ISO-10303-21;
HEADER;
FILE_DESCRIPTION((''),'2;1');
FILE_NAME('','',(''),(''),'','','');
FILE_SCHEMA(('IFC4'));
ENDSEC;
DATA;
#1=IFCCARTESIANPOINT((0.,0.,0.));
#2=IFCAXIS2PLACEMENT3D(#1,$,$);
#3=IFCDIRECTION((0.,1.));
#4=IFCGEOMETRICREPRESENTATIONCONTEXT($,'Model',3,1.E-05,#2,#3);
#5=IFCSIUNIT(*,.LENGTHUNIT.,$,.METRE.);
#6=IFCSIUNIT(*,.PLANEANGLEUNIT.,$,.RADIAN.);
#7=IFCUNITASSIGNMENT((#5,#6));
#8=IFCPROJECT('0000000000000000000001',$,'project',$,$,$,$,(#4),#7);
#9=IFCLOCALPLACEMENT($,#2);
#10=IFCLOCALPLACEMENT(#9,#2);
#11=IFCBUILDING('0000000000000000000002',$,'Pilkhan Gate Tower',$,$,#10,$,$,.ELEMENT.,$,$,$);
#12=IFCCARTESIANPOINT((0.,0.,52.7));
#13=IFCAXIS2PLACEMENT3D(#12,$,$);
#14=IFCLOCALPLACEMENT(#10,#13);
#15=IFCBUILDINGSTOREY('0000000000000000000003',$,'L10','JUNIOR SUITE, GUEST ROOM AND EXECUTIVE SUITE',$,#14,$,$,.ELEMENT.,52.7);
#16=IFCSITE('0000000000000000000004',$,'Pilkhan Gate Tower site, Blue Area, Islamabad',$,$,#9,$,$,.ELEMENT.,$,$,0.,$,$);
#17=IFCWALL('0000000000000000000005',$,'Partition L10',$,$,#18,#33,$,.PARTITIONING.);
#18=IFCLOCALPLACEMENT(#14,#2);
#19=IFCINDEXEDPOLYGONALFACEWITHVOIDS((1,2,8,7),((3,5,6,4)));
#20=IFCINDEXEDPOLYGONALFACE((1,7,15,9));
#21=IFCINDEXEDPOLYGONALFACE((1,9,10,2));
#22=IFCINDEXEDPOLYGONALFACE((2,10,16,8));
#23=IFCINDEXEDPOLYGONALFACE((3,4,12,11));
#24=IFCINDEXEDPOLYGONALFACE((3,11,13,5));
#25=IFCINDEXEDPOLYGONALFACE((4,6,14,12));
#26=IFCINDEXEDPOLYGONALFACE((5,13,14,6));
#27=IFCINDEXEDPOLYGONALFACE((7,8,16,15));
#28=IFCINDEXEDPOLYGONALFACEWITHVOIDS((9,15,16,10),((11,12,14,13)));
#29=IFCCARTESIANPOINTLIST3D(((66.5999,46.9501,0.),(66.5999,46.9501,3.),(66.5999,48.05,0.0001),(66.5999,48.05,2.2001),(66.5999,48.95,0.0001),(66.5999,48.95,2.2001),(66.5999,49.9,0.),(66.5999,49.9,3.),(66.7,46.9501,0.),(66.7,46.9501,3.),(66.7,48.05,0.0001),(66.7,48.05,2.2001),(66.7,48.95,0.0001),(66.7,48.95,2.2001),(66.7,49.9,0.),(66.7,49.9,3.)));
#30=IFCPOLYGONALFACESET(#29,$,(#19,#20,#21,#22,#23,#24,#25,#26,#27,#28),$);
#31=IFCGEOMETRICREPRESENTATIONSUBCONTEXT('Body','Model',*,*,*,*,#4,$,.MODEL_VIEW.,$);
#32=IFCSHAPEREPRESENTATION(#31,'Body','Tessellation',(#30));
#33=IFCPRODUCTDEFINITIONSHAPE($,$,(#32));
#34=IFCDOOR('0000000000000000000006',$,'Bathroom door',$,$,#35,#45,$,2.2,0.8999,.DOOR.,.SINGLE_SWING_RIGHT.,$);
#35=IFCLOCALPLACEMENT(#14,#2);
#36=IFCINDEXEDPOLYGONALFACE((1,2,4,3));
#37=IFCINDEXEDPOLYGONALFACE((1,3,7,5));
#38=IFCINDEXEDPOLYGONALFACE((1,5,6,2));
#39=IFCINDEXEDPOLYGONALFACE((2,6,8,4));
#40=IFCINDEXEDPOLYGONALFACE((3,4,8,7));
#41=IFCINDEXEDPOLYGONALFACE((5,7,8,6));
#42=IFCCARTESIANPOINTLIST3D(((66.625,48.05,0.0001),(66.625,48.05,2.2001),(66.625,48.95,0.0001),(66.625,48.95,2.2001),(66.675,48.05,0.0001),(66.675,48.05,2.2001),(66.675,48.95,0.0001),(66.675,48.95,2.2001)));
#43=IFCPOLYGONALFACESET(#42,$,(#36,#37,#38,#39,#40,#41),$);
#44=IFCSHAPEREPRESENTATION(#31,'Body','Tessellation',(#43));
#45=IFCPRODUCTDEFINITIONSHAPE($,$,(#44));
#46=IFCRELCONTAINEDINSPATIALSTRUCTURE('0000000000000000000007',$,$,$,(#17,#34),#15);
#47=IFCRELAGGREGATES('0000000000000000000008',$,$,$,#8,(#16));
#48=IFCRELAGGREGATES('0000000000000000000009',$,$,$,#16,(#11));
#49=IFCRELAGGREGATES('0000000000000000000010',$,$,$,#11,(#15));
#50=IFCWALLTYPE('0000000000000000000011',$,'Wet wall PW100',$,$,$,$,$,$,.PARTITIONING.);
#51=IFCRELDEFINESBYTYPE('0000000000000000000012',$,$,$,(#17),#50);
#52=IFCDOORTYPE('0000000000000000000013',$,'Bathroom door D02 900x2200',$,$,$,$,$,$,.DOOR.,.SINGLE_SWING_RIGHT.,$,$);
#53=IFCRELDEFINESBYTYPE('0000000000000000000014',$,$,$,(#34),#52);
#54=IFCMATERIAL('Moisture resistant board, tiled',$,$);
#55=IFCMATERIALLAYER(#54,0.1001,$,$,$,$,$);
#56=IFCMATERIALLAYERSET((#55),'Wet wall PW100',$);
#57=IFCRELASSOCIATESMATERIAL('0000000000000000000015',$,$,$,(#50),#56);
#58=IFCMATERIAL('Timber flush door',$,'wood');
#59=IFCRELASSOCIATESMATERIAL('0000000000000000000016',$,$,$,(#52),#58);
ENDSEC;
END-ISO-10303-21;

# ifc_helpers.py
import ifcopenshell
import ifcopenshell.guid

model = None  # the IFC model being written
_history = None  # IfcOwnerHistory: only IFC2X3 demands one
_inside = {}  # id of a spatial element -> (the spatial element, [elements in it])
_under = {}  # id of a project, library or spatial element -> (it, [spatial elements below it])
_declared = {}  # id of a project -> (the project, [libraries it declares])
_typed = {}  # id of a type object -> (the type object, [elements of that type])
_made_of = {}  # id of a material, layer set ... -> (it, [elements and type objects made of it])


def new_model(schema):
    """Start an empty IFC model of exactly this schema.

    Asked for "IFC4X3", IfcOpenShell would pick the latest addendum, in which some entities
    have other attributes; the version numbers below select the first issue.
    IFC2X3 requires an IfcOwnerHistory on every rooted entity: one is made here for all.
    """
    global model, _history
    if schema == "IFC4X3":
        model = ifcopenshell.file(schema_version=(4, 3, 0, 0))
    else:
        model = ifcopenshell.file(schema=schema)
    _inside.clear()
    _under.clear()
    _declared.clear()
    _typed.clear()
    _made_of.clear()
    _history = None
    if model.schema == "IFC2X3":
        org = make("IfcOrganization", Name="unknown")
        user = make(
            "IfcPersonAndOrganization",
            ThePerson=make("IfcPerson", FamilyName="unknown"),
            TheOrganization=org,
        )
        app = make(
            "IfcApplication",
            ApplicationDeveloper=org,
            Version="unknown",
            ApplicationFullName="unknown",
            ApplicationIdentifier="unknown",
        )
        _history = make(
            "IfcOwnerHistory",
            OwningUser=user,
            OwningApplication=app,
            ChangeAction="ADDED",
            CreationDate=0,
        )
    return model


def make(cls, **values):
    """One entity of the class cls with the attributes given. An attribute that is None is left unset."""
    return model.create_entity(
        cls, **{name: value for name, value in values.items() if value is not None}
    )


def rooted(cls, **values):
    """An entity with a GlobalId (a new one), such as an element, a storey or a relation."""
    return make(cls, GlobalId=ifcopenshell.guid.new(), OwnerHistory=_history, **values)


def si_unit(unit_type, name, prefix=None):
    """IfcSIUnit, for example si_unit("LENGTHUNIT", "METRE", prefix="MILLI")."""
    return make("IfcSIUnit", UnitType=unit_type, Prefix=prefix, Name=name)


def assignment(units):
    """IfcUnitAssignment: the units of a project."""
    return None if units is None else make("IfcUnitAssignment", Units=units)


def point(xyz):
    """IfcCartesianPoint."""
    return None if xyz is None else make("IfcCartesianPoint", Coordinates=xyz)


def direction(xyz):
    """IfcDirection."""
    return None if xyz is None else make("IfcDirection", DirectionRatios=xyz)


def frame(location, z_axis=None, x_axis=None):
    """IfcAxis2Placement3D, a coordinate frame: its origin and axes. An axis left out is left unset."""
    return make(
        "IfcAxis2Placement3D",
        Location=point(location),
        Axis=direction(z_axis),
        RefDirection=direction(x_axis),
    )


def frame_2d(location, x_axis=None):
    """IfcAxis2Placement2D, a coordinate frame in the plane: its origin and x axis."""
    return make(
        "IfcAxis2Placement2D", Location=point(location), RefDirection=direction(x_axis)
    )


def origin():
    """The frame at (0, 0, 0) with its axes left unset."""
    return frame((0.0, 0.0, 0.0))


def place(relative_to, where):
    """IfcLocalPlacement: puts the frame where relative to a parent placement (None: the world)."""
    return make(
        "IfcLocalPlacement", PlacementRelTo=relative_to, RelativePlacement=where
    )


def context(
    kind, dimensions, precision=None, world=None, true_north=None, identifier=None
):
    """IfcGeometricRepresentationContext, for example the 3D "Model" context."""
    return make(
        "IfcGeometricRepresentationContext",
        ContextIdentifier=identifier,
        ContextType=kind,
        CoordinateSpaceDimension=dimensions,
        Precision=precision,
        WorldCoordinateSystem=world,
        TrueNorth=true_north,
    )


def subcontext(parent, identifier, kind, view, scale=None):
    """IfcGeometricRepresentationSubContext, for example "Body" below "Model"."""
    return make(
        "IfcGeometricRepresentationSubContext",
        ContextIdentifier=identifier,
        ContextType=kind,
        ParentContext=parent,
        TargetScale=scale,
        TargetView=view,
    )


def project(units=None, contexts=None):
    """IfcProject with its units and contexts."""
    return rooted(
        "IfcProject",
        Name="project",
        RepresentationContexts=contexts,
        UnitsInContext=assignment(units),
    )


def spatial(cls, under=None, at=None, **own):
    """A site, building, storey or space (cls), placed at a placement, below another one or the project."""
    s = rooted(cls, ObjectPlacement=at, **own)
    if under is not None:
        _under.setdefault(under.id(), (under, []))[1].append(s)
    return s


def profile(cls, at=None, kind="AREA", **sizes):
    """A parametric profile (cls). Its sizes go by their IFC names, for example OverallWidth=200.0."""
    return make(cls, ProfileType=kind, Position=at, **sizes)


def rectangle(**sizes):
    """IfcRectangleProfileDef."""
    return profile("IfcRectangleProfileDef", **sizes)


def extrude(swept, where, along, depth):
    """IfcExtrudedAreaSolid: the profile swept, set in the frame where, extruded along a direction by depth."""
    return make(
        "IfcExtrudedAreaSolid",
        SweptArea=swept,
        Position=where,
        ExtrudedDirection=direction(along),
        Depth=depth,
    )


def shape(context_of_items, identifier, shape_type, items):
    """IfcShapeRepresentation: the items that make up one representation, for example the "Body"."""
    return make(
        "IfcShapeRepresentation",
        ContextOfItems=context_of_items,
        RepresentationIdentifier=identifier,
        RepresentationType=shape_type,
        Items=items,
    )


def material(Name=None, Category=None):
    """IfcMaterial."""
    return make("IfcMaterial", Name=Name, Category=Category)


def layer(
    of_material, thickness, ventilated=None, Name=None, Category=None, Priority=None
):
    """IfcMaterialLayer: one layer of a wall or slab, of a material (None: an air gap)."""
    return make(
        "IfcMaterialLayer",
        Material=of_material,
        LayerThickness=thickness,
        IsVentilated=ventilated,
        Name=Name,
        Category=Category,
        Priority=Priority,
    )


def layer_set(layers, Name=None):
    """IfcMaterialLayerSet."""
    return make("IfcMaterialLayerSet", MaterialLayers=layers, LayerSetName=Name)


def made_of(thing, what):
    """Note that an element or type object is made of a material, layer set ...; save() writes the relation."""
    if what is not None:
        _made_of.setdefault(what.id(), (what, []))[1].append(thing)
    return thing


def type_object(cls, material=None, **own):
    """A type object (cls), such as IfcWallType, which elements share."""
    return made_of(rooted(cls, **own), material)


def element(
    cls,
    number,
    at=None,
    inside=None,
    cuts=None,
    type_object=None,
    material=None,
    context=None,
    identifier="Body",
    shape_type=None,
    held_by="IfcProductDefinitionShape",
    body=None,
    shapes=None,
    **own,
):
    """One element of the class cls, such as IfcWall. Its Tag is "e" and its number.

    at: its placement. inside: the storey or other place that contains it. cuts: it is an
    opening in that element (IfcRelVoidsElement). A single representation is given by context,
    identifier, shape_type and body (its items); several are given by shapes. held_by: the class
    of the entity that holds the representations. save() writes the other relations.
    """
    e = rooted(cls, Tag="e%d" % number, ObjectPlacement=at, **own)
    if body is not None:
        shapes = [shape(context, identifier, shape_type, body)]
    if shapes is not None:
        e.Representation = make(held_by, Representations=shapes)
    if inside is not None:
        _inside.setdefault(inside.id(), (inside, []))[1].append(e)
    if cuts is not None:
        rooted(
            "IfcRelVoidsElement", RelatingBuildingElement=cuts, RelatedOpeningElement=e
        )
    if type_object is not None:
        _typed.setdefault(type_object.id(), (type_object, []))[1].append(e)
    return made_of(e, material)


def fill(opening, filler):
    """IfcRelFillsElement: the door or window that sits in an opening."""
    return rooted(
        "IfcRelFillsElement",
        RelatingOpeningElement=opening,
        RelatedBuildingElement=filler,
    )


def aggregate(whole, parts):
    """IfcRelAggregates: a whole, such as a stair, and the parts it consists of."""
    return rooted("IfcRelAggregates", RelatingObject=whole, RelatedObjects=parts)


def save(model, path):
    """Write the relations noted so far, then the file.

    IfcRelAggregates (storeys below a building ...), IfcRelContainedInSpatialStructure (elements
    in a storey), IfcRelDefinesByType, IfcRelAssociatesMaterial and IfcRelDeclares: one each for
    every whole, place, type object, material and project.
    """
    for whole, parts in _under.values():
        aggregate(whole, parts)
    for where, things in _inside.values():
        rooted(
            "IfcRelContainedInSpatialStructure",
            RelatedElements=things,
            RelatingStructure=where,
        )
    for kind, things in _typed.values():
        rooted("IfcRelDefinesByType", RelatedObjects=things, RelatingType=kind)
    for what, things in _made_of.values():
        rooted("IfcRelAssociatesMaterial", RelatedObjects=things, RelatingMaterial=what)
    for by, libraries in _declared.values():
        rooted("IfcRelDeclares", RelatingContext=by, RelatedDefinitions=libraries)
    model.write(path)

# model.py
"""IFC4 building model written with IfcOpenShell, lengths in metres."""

from ifc_helpers import new_model, si_unit, direction, frame, frame_2d, origin, place, context, subcontext, project, spatial, rectangle, extrude, material, layer, layer_set, type_object, element, fill, save


model = new_model("IFC4")

# Units and contexts
model_context = context("Model", 3, precision=1e-05, world=origin(), true_north=direction((0.0, 1.0)))
body_context = subcontext(model_context, "Body", "Model", "MODEL_VIEW")
ifc_project = project(units=[si_unit("LENGTHUNIT", "METRE"), si_unit("PLANEANGLEUNIT", "RADIAN")], contexts=[model_context])

# Site, building, storey
site_placement = place(None, origin())
site = spatial("IfcSite", under=ifc_project, at=site_placement, Name="Pilkhan Gate Tower site, Blue Area, Islamabad", CompositionType="ELEMENT", RefElevation=0.0)
building_placement = place(site_placement, origin())
building = spatial("IfcBuilding", under=site, at=building_placement, Name="Pilkhan Gate Tower", CompositionType="ELEMENT")
storey_placement = place(building_placement, frame((0.0, 0.0, 52.7)))
storey = spatial("IfcBuildingStorey", under=building, at=storey_placement, Name="L10", Description="JUNIOR SUITE, GUEST ROOM AND EXECUTIVE SUITE", CompositionType="ELEMENT", Elevation=52.7)

# Shared definitions
ifc_material_1 = material(Name="Moisture resistant board, tiled")
ifc_layer_1 = layer(ifc_material_1, 0.1001)
ifc_layer_set_1 = layer_set([ifc_layer_1], Name="Wet wall PW100")
wall_type_1 = type_object("IfcWallType", Name="Wet wall PW100", PredefinedType="PARTITIONING", material=ifc_layer_set_1)

# Shared definitions
ifc_material_2 = material(Name="Timber flush door", Category="wood")
door_type_1 = type_object("IfcDoorType", Name="Bathroom door D02 900x2200", OperationType="SINGLE_SWING_RIGHT", PredefinedType="DOOR", material=ifc_material_2)

# Wall, opening, door
wall_1_placement = place(storey_placement, frame((66.6499, 46.95, 0.0), z_axis=(0.0, 0.0, 1.0), x_axis=(0.0, 1.0, 0.0)))
wall_1 = element("IfcWall", 1, at=wall_1_placement, inside=storey, type_object=wall_type_1, Name="Partition L10", PredefinedType="PARTITIONING", context=body_context, shape_type="SweptSolid", body=[
    extrude(rectangle(XDim=2.95, YDim=0.1001, at=frame_2d((1.4751, 0.0))), origin(), (0.0, 0.0, 1.0), 3.0),
])
opening_1_placement = place(wall_1_placement, frame((1.1001, 0.0, 0.0)))
opening_1 = element("IfcOpeningElement", 2, at=opening_1_placement, cuts=wall_1, PredefinedType="OPENING", context=body_context, shape_type="SweptSolid", body=[
    extrude(rectangle(XDim=0.8999, YDim=2.2, at=frame_2d((0.45, 1.1001))), frame((0.0, 0.0601, 0.0), z_axis=(0.0, -1.0, 0.0), x_axis=(1.0, 0.0, 0.0)), (0.0, 0.0, 1.0), 0.1201),
])
door_1_placement = place(opening_1_placement, origin())
door_1 = element("IfcDoor", 3, at=door_1_placement, inside=storey, type_object=door_type_1, Name="Bathroom door", OperationType="SINGLE_SWING_RIGHT", OverallHeight=2.2, OverallWidth=0.8999, PredefinedType="DOOR", context=body_context, shape_type="SweptSolid", body=[
    extrude(rectangle(XDim=0.8999, YDim=2.2, at=frame_2d((0.45, 1.1001))), frame((0.0, 0.0249, 0.0), z_axis=(0.0, -1.0, 0.0), x_axis=(1.0, 0.0, 0.0)), (0.0, 0.0, 1.0), 0.05),
])
fill(opening_1, door_1)

save(model, "model.ifc")
